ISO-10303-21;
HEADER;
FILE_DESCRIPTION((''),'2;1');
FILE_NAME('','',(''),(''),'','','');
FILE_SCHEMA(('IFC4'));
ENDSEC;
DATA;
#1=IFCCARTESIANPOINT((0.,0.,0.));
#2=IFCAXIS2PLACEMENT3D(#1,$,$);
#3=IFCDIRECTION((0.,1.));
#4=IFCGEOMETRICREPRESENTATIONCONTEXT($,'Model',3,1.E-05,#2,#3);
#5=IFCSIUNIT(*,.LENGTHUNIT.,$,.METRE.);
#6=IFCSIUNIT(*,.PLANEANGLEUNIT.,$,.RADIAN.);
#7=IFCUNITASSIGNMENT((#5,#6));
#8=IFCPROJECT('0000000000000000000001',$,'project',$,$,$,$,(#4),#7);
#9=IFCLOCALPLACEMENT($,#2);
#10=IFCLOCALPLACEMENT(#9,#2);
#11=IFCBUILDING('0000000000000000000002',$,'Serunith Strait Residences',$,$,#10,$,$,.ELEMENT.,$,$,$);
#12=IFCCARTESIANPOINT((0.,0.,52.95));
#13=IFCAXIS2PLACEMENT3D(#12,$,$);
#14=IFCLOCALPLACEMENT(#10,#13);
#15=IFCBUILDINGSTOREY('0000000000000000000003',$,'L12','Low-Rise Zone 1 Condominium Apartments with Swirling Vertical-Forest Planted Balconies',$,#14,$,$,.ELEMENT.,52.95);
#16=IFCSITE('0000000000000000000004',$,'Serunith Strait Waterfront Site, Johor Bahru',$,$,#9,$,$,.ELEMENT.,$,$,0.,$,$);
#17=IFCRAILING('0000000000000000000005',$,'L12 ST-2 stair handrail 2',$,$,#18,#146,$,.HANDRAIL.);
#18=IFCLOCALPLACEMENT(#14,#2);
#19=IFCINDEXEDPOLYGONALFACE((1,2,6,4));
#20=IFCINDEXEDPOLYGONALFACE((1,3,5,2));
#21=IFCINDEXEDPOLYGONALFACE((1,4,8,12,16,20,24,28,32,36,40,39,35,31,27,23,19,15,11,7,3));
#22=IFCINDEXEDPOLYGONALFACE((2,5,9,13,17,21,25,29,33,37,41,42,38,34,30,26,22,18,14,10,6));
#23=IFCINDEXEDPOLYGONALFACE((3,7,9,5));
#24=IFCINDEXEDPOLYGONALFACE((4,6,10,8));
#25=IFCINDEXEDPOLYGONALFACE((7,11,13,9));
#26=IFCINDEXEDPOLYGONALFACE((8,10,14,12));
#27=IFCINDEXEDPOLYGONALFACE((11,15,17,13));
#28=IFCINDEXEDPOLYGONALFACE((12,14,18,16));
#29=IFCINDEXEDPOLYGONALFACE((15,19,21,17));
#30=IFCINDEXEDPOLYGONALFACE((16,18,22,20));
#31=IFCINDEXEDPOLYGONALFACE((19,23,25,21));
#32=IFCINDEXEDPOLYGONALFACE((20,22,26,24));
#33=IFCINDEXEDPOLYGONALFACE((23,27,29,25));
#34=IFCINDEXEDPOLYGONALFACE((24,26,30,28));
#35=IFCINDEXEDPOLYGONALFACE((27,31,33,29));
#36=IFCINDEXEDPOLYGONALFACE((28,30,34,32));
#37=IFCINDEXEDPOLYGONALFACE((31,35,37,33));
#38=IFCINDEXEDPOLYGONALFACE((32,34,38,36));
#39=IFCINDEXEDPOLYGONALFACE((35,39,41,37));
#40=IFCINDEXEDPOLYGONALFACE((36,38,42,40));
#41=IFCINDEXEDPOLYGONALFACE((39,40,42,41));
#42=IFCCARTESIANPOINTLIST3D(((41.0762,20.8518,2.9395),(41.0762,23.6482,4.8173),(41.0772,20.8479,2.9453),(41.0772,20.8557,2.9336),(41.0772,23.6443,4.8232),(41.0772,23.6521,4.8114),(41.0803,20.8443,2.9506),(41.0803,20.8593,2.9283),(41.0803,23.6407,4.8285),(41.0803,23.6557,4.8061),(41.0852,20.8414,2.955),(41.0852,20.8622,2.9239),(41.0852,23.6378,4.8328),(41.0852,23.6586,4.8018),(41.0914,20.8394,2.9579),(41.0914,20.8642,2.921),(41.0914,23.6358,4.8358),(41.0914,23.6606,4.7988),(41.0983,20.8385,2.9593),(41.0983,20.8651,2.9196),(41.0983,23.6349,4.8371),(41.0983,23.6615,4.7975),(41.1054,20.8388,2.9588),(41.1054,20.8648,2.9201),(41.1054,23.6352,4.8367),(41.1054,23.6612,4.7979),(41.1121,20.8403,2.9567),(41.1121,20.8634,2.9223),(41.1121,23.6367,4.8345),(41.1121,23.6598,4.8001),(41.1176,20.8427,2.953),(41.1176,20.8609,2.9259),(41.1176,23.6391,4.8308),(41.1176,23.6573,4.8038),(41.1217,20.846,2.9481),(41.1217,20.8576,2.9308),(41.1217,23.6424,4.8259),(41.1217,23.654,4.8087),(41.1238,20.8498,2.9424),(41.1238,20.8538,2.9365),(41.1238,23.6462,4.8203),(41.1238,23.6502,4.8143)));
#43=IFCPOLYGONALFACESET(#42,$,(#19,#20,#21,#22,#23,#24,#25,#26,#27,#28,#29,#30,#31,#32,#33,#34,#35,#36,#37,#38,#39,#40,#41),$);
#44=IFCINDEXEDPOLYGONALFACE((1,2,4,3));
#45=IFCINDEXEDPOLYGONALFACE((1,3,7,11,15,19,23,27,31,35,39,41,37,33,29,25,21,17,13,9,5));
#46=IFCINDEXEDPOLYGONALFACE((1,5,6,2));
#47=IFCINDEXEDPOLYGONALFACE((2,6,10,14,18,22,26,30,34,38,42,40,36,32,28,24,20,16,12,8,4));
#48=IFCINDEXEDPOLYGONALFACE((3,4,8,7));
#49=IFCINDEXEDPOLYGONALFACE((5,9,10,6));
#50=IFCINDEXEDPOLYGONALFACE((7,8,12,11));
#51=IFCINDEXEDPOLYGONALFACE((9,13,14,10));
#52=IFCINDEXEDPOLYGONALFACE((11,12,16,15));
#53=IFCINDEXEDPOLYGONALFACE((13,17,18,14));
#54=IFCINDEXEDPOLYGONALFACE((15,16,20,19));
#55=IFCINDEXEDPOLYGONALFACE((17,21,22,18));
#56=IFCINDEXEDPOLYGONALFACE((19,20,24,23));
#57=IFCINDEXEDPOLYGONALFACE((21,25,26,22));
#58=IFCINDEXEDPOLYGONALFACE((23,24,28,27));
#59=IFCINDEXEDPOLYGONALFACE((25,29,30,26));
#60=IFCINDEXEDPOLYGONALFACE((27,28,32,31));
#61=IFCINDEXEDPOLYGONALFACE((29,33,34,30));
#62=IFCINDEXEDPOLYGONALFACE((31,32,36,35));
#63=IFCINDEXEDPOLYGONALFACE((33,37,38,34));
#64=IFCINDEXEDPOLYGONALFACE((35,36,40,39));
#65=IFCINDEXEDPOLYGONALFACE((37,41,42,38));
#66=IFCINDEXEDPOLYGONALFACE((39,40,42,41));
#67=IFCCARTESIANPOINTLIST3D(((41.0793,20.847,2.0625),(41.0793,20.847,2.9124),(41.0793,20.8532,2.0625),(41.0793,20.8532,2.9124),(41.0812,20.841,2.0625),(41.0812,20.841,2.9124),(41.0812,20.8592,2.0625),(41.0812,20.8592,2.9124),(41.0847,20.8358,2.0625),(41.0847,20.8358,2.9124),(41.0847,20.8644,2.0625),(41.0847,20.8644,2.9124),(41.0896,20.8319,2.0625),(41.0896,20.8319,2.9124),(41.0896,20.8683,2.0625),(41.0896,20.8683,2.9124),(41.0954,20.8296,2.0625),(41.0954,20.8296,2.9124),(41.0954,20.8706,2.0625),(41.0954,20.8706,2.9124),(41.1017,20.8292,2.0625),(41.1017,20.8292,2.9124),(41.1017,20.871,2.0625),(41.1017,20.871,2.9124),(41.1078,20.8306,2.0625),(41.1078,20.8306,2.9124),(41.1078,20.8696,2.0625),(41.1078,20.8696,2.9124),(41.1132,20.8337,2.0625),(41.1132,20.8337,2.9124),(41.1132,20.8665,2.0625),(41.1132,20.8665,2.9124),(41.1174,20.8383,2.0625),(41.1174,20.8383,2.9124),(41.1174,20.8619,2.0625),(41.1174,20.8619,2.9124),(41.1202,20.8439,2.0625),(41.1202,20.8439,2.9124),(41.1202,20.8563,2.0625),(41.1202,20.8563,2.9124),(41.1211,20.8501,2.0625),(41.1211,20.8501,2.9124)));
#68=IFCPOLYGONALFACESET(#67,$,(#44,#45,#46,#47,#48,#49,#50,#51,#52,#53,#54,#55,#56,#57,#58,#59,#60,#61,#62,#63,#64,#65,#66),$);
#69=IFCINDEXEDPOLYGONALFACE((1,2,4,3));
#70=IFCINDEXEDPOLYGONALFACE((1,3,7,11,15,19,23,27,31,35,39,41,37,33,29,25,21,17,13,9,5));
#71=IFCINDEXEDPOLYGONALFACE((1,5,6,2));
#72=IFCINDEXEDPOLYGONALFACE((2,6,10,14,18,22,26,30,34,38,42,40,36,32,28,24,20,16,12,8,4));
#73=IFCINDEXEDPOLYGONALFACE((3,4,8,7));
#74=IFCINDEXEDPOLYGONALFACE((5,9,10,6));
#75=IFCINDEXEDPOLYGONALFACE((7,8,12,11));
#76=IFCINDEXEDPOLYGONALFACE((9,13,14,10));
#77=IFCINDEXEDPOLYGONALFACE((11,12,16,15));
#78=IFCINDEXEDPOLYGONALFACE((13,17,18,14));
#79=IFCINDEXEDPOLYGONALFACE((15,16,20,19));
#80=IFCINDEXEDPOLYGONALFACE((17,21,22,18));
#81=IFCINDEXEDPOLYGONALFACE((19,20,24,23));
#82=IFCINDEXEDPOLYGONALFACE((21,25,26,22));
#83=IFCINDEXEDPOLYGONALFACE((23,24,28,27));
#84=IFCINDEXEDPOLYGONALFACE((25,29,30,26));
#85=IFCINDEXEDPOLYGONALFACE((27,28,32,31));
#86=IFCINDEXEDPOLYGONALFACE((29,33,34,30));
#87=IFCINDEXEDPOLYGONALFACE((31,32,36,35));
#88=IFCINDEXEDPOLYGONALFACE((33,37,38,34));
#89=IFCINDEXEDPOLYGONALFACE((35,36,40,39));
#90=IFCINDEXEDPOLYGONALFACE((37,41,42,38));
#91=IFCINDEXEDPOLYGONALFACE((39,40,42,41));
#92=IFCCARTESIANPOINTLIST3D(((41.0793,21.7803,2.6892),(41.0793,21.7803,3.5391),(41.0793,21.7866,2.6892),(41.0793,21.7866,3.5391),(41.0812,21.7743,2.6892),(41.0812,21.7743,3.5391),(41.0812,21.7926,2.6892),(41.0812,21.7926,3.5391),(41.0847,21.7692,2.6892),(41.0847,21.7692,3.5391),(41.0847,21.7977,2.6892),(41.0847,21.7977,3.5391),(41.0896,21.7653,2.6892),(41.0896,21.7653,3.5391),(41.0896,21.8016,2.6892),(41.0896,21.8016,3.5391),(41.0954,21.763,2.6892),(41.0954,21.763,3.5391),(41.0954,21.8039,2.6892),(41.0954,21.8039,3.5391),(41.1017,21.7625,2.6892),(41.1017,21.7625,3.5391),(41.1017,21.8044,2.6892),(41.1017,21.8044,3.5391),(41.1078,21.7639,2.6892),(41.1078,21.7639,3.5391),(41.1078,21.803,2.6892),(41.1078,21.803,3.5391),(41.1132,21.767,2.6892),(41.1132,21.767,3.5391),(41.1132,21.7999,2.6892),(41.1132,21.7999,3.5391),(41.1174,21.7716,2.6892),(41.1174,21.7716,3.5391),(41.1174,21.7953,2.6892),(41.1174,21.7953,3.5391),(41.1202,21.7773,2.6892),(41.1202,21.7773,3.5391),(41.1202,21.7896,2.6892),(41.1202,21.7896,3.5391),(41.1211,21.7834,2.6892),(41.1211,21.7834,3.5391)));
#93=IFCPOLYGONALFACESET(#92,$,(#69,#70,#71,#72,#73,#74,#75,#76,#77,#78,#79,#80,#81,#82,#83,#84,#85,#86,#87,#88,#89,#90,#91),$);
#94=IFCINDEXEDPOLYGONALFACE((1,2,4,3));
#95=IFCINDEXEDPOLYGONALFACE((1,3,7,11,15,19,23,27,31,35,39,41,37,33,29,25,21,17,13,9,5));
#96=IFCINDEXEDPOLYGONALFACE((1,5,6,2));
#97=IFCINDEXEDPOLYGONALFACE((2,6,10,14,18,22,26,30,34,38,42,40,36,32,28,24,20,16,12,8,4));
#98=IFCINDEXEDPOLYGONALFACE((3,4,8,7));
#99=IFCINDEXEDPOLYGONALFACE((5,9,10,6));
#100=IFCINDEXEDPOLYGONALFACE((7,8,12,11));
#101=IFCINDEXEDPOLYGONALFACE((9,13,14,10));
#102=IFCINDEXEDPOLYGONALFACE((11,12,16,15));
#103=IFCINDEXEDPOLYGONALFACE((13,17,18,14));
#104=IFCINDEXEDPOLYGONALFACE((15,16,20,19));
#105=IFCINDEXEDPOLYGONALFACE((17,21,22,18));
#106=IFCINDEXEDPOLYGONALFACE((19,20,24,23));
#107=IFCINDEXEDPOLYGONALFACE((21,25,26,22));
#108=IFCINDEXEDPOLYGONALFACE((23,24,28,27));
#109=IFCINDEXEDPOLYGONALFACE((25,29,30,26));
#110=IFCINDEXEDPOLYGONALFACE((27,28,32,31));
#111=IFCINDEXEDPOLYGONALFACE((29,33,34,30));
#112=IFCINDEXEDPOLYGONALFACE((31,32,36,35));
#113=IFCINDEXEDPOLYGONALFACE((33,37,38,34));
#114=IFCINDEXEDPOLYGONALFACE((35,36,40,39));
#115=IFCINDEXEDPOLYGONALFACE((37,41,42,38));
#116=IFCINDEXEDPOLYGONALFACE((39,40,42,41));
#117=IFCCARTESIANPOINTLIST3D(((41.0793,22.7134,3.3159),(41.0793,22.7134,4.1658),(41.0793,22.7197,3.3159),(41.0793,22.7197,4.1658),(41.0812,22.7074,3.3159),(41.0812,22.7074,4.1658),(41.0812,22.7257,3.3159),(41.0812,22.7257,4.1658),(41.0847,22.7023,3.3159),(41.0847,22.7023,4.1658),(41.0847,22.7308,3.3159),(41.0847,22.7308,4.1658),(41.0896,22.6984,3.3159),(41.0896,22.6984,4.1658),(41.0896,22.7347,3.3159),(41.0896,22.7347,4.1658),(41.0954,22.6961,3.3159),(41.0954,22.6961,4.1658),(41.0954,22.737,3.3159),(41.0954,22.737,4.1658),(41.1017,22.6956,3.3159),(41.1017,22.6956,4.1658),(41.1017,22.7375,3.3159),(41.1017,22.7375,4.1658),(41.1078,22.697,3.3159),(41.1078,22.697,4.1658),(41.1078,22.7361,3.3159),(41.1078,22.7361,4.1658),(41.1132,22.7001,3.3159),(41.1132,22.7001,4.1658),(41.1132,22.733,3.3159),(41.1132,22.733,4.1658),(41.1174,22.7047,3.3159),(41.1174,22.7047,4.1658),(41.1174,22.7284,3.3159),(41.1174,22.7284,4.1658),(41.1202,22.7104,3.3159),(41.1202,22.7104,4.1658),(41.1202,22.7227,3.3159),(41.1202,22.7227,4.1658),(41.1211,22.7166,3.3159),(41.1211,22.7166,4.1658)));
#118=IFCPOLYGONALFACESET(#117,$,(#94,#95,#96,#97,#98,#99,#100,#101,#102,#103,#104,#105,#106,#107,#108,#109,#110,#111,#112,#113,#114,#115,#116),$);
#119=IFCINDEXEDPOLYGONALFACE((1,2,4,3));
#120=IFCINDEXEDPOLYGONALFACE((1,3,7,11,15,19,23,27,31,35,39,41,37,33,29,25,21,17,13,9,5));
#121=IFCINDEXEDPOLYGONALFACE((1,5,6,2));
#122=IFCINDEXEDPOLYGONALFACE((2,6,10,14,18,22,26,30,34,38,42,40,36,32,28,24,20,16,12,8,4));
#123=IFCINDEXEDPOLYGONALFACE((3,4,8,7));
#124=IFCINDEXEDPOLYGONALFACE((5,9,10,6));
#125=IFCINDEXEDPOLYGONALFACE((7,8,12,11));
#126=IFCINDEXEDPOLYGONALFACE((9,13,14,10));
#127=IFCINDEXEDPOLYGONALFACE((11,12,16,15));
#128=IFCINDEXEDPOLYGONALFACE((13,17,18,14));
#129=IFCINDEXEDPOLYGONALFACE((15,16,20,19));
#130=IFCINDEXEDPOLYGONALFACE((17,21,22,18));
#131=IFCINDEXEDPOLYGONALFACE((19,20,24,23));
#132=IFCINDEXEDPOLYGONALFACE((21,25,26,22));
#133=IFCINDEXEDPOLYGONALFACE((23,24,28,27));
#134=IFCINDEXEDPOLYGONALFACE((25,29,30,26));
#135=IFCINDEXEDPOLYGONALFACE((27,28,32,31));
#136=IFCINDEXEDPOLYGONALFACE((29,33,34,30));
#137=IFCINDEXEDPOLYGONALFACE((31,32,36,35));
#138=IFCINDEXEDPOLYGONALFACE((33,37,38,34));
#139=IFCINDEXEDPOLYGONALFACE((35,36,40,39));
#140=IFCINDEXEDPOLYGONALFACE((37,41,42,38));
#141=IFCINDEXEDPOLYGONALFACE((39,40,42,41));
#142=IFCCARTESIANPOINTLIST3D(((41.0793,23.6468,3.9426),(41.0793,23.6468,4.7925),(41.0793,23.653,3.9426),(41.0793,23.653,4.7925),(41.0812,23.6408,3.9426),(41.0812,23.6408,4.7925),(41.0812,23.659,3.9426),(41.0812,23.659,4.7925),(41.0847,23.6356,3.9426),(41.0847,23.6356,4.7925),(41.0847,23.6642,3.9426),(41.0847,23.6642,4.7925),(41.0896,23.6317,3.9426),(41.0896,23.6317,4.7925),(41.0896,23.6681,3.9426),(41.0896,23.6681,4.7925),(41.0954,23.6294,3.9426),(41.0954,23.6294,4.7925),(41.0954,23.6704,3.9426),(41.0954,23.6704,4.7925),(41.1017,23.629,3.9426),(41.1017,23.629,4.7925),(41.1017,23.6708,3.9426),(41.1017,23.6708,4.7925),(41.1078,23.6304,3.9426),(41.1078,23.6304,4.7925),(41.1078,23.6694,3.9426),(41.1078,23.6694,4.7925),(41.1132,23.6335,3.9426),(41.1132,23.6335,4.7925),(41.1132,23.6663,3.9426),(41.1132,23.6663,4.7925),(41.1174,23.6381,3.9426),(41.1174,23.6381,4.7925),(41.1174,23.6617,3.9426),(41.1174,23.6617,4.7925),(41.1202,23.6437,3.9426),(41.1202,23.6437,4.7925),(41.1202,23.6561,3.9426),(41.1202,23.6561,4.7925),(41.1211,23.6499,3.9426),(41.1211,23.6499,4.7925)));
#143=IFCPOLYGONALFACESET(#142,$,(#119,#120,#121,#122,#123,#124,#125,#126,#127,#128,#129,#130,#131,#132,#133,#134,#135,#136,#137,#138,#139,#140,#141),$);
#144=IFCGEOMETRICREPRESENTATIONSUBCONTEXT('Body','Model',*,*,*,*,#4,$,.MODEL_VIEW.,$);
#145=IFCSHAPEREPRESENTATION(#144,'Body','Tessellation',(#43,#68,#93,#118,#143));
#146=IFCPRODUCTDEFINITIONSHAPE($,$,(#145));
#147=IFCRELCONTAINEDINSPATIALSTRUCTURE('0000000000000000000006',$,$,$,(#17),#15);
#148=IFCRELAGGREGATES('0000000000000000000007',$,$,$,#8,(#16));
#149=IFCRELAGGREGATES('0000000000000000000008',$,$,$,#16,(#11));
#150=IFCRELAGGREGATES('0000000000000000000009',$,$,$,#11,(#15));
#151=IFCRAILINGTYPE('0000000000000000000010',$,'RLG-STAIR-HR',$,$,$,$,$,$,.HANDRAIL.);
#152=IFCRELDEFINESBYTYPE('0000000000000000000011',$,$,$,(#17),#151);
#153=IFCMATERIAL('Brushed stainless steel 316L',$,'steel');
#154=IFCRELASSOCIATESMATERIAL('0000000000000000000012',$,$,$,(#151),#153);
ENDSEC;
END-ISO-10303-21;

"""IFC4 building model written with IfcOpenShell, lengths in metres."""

from ifc_helpers import new_model, si_unit, direction, frame, origin, origin_2d, place, context, subcontext, project, spatial, circle, extrude, material, type_object, element, save


model = new_model("IFC4")

# Units and contexts
model_context = context("Model", 3, precision=1e-05, world=origin(), true_north=direction((0.0, 1.0)))
body_context = subcontext(model_context, "Body", "Model", "MODEL_VIEW")
ifc_project = project(units=[si_unit("LENGTHUNIT", "METRE"), si_unit("PLANEANGLEUNIT", "RADIAN")], contexts=[model_context])

# Site, building, storey
site_placement = place(None, origin())
site = spatial("IfcSite", under=ifc_project, at=site_placement, Name="Serunith Strait Waterfront Site, Johor Bahru", CompositionType="ELEMENT", RefElevation=0.0)
building_placement = place(site_placement, origin())
building = spatial("IfcBuilding", under=site, at=building_placement, Name="Serunith Strait Residences", CompositionType="ELEMENT")
storey_placement = place(building_placement, frame((0.0, 0.0, 52.95)))
storey = spatial("IfcBuildingStorey", under=building, at=storey_placement, Name="L12", Description="Low-Rise Zone 1 Condominium Apartments with Swirling Vertical-Forest Planted Balconies", CompositionType="ELEMENT", Elevation=52.95)

# Railing
ifc_material_1 = material(Name="Brushed stainless steel 316L", Category="steel")
railing_type_1 = type_object("IfcRailingType", Name="RLG-STAIR-HR", PredefinedType="HANDRAIL", material=ifc_material_1)
railing_1_placement = place(storey_placement, frame((41.1001, 20.8501, 2.0625)))
element("IfcRailing", 1, at=railing_1_placement, inside=storey, type_object=railing_type_1, Name="L12 ST-2 stair handrail 2", PredefinedType="HANDRAIL", context=body_context, shape_type="SweptSolid", body=[
    extrude(circle(Radius=0.0239, at=origin_2d()), frame((0.0, 0.0017, 0.877), z_axis=(0.0, 0.830186, 0.557487), x_axis=(-1.0, 0.0, 0.0)), (0.0, 0.0, 1.0), 3.3684),
    extrude(circle(Radius=0.021, at=origin_2d()), origin(), (0.0, 0.0, 1.0), 0.8499),
    extrude(circle(Radius=0.021, at=origin_2d()), frame((0.0, 0.9333, 0.6267)), (0.0, 0.0, 1.0), 0.8499),
    extrude(circle(Radius=0.021, at=origin_2d()), frame((0.0, 1.8665, 1.2534)), (0.0, 0.0, 1.0), 0.8499),
    extrude(circle(Radius=0.021, at=origin_2d()), frame((0.0, 2.7998, 1.8801)), (0.0, 0.0, 1.0), 0.8499),
])

save(model, "model.ifc")
